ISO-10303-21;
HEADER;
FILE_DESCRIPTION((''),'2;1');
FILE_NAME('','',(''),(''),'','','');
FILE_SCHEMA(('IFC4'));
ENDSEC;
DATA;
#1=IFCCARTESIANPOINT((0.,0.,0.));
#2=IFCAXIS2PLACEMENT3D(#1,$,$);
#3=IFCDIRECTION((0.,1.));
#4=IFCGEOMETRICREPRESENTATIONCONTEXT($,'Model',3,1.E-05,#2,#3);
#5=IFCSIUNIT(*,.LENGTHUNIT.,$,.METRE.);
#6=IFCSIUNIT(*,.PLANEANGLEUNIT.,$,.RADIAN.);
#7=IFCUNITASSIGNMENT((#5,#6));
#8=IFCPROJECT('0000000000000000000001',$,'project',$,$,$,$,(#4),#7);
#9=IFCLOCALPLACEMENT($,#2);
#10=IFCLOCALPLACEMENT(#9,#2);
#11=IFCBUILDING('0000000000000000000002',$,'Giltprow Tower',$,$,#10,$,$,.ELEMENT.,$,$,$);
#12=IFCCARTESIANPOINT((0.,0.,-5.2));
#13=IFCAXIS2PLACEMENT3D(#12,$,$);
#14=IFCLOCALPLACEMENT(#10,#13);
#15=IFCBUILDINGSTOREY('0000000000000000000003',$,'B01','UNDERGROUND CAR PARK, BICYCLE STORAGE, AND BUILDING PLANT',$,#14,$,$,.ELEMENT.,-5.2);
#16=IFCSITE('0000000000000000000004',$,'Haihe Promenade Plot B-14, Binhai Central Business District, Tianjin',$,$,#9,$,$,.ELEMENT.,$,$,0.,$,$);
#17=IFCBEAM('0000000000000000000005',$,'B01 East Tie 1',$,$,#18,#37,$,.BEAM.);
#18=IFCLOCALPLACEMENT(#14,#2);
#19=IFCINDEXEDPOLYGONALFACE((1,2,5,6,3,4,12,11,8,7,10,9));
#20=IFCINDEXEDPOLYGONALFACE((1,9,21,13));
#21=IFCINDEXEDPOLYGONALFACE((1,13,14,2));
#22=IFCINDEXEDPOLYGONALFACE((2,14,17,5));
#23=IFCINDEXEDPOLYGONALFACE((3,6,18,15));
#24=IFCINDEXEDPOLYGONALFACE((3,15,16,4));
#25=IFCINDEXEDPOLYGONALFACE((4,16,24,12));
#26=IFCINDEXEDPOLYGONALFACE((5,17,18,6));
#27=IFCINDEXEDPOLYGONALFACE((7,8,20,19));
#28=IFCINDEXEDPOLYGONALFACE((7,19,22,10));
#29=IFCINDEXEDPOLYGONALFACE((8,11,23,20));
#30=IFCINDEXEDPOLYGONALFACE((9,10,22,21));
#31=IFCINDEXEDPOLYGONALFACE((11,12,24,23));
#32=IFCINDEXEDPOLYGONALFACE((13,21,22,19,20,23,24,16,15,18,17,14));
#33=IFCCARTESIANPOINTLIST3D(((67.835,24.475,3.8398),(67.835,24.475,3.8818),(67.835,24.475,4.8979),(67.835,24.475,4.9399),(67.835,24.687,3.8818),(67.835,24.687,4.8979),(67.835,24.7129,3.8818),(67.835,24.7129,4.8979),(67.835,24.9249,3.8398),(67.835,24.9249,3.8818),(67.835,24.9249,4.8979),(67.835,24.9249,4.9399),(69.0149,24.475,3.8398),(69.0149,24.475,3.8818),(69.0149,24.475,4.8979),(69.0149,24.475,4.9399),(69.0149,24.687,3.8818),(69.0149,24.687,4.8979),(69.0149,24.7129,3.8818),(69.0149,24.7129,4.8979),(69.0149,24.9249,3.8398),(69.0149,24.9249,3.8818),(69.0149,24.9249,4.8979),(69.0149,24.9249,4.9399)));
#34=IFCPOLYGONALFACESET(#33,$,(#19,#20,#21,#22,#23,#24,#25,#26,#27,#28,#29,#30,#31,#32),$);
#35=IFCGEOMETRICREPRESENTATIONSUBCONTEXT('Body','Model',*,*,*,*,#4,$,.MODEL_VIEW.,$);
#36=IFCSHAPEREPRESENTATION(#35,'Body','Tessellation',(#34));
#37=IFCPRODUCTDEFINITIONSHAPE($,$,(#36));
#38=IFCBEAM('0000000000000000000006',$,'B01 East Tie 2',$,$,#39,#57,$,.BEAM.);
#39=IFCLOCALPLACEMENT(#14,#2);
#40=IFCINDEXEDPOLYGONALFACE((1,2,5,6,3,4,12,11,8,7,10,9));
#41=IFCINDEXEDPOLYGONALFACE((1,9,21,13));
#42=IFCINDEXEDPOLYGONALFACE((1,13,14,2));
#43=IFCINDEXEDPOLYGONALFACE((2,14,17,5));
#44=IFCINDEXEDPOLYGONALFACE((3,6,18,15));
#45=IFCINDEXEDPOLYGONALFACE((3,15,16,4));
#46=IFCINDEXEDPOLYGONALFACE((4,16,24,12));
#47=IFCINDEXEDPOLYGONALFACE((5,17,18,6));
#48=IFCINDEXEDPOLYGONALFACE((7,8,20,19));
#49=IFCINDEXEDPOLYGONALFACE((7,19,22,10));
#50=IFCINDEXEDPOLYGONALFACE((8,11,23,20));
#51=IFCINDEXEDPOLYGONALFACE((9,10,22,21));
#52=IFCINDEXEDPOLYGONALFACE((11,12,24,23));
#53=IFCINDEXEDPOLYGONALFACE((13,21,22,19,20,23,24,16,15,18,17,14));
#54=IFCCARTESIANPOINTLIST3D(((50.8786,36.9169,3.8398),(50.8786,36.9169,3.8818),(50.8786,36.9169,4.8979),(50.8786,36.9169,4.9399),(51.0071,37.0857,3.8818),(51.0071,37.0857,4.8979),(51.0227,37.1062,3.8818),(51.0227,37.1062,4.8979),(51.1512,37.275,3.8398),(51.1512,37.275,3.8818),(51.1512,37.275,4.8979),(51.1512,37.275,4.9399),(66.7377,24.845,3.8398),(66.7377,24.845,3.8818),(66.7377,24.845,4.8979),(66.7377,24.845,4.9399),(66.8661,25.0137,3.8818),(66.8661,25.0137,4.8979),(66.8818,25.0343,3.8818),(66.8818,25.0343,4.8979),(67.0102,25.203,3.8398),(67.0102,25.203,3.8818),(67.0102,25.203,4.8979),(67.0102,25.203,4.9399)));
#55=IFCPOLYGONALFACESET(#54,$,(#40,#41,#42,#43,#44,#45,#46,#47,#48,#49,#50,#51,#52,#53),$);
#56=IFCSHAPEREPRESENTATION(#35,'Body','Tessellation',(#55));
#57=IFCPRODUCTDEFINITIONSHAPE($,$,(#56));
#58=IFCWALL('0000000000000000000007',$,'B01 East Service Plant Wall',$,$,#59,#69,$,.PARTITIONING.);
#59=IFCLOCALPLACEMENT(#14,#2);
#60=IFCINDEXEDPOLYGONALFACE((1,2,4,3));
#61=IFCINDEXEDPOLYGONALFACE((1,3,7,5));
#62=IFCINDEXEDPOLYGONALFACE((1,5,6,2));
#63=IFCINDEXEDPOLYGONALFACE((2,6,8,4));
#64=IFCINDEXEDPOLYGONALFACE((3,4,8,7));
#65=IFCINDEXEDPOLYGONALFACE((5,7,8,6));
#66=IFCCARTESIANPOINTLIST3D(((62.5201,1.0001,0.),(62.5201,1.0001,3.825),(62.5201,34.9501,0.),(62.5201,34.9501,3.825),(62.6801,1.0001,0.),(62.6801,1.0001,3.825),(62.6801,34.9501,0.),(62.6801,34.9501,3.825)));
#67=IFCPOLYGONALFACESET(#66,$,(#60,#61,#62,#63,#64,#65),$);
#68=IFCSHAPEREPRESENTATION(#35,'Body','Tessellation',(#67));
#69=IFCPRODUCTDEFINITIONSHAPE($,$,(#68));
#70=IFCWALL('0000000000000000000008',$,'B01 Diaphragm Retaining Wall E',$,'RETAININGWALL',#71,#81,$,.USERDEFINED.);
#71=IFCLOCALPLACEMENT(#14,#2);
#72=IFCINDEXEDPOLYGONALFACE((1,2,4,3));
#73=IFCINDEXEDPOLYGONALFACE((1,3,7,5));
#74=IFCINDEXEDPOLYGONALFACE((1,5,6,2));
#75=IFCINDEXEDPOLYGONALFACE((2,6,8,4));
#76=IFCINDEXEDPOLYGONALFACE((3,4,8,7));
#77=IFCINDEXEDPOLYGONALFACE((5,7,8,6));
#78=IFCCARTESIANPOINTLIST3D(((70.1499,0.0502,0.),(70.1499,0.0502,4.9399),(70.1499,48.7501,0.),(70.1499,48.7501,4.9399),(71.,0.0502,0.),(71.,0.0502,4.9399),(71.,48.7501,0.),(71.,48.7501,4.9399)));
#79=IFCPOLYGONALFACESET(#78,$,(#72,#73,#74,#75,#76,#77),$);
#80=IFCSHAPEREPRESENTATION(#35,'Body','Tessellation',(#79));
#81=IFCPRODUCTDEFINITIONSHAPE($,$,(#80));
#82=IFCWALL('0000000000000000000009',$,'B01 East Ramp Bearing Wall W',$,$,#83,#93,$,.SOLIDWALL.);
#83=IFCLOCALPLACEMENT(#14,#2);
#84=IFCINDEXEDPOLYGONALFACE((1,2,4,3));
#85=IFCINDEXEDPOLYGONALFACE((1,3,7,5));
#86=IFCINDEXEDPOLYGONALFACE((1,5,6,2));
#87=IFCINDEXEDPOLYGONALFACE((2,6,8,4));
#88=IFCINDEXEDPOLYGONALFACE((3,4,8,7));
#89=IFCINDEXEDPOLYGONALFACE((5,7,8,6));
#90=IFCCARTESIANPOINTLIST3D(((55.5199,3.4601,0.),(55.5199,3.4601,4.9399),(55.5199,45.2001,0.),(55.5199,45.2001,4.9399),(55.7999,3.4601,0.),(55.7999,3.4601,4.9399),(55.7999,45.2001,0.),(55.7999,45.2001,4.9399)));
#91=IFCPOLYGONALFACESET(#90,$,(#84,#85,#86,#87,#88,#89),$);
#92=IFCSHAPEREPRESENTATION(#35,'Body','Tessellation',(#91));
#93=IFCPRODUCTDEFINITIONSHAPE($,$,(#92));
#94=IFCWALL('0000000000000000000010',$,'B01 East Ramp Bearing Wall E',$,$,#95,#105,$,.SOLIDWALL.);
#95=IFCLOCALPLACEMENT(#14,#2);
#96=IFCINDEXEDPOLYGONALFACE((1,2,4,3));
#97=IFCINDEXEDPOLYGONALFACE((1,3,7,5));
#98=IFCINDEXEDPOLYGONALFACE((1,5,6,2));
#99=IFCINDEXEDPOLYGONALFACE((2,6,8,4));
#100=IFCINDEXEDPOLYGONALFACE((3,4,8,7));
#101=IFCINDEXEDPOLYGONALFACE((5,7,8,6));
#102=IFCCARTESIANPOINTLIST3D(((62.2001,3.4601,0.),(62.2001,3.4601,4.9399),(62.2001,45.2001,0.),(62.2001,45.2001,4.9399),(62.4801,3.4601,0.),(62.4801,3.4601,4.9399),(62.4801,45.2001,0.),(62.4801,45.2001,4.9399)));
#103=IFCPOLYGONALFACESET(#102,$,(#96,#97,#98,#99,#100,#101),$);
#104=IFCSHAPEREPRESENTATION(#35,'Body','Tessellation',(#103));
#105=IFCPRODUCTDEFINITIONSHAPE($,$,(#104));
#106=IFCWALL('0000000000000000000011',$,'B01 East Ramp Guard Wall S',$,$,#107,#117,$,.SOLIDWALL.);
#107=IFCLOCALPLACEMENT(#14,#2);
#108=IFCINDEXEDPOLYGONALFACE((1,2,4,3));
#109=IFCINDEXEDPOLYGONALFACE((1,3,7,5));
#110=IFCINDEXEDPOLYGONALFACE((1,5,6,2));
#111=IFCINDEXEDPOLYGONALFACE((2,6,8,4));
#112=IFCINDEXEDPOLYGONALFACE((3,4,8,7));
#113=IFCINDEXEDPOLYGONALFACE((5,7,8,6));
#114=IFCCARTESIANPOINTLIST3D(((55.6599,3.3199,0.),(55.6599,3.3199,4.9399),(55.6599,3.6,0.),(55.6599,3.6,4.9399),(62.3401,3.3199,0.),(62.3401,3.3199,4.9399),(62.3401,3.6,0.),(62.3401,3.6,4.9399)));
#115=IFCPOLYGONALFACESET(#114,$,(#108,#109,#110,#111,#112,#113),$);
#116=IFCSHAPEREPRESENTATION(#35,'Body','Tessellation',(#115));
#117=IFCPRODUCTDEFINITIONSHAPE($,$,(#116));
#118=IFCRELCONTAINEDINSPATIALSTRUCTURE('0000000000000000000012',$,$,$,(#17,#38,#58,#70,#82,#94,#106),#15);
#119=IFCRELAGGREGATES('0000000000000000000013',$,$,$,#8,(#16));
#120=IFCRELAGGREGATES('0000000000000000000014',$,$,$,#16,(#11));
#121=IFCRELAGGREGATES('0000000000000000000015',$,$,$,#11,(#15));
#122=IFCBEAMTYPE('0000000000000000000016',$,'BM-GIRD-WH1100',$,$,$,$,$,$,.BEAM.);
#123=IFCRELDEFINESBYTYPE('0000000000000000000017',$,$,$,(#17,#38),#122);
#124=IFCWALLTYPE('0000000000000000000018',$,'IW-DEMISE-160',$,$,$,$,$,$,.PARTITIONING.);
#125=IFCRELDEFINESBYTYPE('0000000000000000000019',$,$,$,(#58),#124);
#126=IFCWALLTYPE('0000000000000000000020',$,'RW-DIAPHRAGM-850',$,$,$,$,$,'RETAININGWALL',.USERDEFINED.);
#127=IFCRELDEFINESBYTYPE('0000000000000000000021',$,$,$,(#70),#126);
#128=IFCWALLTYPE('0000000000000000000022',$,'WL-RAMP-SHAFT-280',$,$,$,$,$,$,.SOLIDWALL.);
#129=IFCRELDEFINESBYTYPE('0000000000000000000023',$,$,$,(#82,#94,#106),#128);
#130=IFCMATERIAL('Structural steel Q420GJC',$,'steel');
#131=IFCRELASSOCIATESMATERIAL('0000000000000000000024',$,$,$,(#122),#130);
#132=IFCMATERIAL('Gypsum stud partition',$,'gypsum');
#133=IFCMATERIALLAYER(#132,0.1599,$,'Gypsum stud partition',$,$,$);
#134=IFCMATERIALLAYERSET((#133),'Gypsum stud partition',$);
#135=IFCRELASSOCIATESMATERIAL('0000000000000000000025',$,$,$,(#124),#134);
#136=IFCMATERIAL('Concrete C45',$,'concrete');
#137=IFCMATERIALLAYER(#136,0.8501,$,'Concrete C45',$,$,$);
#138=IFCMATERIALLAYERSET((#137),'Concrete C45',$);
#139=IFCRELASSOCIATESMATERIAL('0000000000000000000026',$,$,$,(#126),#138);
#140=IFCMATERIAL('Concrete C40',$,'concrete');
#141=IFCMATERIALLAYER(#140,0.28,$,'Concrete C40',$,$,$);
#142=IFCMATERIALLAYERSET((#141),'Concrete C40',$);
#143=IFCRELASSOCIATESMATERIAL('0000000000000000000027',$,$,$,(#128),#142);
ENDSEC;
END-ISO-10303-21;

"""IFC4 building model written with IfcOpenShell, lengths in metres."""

from ifc_helpers import new_model, si_unit, direction, frame, frame_2d, origin, origin_2d, place, context, subcontext, project, spatial, rectangle, i_section, extrude, source, transform, mapped, material, layer, layer_set, material_profile, profile_set, type_object, element, save


model = new_model("IFC4")

# Units and contexts
model_context = context("Model", 3, precision=1e-05, world=origin(), true_north=direction((0.0, 1.0)))
body_context = subcontext(model_context, "Body", "Model", "MODEL_VIEW")
ifc_project = project(units=[si_unit("LENGTHUNIT", "METRE"), si_unit("PLANEANGLEUNIT", "RADIAN")], contexts=[model_context])

# Site, building, storey
site_placement = place(None, origin())
site = spatial("IfcSite", under=ifc_project, at=site_placement, Name="Haihe Promenade Plot B-14, Binhai Central Business District, Tianjin", CompositionType="ELEMENT", RefElevation=0.0)
building_placement = place(site_placement, origin())
building = spatial("IfcBuilding", under=site, at=building_placement, Name="Giltprow Tower", CompositionType="ELEMENT")
storey_placement = place(building_placement, frame((0.0, 0.0, -5.2)))
storey = spatial("IfcBuildingStorey", under=building, at=storey_placement, Name="B01", Description="UNDERGROUND CAR PARK, BICYCLE STORAGE, AND BUILDING PLANT", CompositionType="ELEMENT", Elevation=-5.2)

# Shared definitions
ifc_material_1 = material(Name="Concrete C45", Category="concrete")
ifc_material_2 = material(Name="Structural steel Q420GJC", Category="steel")

# Beams
ifc_material_profile_1 = material_profile(ifc_material_2, i_section(OverallWidth=0.45, OverallDepth=1.1001, WebThickness=0.0259, FlangeThickness=0.042, at=origin_2d()), Name="WH 1100x450x26x42")
ifc_profile_set_1 = profile_set([ifc_material_profile_1], Name="Structural steel Q420GJC")
beam_type_1 = type_object("IfcBeamType", Name="BM-GIRD-WH1100", PredefinedType="BEAM", material=ifc_profile_set_1)
shared_shape_1 = source(origin(), body_context, "Body", "SweptSolid", [
    extrude(i_section(OverallWidth=0.45, OverallDepth=1.1001, WebThickness=0.0259, FlangeThickness=0.042, at=origin_2d()), origin(), (0.0, 0.0, 1.0), 1.1799),
])
beam_1_placement = place(storey_placement, frame((67.835, 24.7, 4.3899), z_axis=(1.0, 0.0, 0.0), x_axis=(0.0, 1.0, 0.0)))
element("IfcBeam", 1, at=beam_1_placement, inside=storey, type_object=beam_type_1, Name="B01 East Tie 1", PredefinedType="BEAM", context=body_context, shape_type="MappedRepresentation", body=[
    mapped(shared_shape_1, transform((0.0, 0.0, 0.0), x_axis=(1.0, 0.0, 0.0), y_axis=(0.0, 1.0, 0.0), z_axis=(0.0, 0.0, 1.0), scale=1.0)),
])
shared_shape_2 = source(origin(), body_context, "Body", "SweptSolid", [
    extrude(i_section(OverallWidth=0.45, OverallDepth=1.1001, WebThickness=0.0259, FlangeThickness=0.042, at=origin_2d()), origin(), (0.0, 0.0, 1.0), 19.9309),
])
beam_2_placement = place(storey_placement, frame((51.0149, 37.0959, 4.3899), z_axis=(0.795701, -0.60569, 0.0), x_axis=(0.60569, 0.795701, 0.0)))
element("IfcBeam", 2, at=beam_2_placement, inside=storey, type_object=beam_type_1, Name="B01 East Tie 2", PredefinedType="BEAM", context=body_context, shape_type="MappedRepresentation", body=[
    mapped(shared_shape_2, transform((0.0, 0.0, 0.0), x_axis=(1.0, 0.0, 0.0), y_axis=(0.0, 1.0, 0.0), z_axis=(0.0, 0.0, 1.0), scale=1.0)),
])

# Walls
ifc_material_3 = material(Name="Gypsum stud partition", Category="gypsum")
ifc_layer_1 = layer(ifc_material_3, 0.1599, Name="Gypsum stud partition")
ifc_layer_set_1 = layer_set([ifc_layer_1], Name="Gypsum stud partition")
wall_type_1 = type_object("IfcWallType", Name="IW-DEMISE-160", PredefinedType="PARTITIONING", material=ifc_layer_set_1)
wall_1_placement = place(storey_placement, frame((62.6001, 1.0, 0.0), z_axis=(0.0, 0.0, 1.0), x_axis=(0.0, 1.0, 0.0)))
element("IfcWall", 3, at=wall_1_placement, inside=storey, type_object=wall_type_1, Name="B01 East Service Plant Wall", PredefinedType="PARTITIONING", context=body_context, shape_type="SweptSolid", body=[
    extrude(rectangle(XDim=33.95, YDim=0.1599, at=frame_2d((16.9751, 0.0))), origin(), (0.0, 0.0, 1.0), 3.825),
])
ifc_layer_2 = layer(ifc_material_1, 0.8501, Name="Concrete C45")
ifc_layer_set_2 = layer_set([ifc_layer_2], Name="Concrete C45")
wall_type_2 = type_object("IfcWallType", Name="RW-DIAPHRAGM-850", ElementType="RETAININGWALL", PredefinedType="USERDEFINED", material=ifc_layer_set_2)
wall_2_placement = place(storey_placement, frame((70.575, 0.05, 0.0), z_axis=(0.0, 0.0, 1.0), x_axis=(0.0, 1.0, 0.0)))
element("IfcWall", 4, at=wall_2_placement, inside=storey, type_object=wall_type_2, Name="B01 Diaphragm Retaining Wall E", ObjectType="RETAININGWALL", PredefinedType="USERDEFINED", context=body_context, shape_type="SweptSolid", body=[
    extrude(rectangle(XDim=48.7, YDim=0.8501, at=frame_2d((24.3501, 0.0))), origin(), (0.0, 0.0, 1.0), 4.9399),
])
ifc_material_4 = material(Name="Concrete C40", Category="concrete")
ifc_layer_3 = layer(ifc_material_4, 0.28, Name="Concrete C40")
ifc_layer_set_3 = layer_set([ifc_layer_3], Name="Concrete C40")
wall_type_3 = type_object("IfcWallType", Name="WL-RAMP-SHAFT-280", PredefinedType="SOLIDWALL", material=ifc_layer_set_3)
for number, where, z_axis, x_axis, name in (
    (5, (55.6599, 3.46, 0.0), (0.0, 0.0, 1.0), (0.0, 1.0, 0.0), "B01 East Ramp Bearing Wall W"),
    (6, (62.3401, 3.46, 0.0), (0.0, 0.0, 1.0), (0.0, 1.0, 0.0), "B01 East Ramp Bearing Wall E"),
):
    element("IfcWall", number, at=place(storey_placement, frame(where, z_axis=z_axis, x_axis=x_axis)), inside=storey, type_object=wall_type_3, Name=name, PredefinedType="SOLIDWALL", context=body_context, shape_type="SweptSolid", body=[
        extrude(rectangle(XDim=41.74, YDim=0.28, at=frame_2d((20.8701, 0.0))), origin(), (0.0, 0.0, 1.0), 4.9399),
    ])
wall_3_placement = place(storey_placement, frame((55.6599, 3.46, 0.0), z_axis=(0.0, 0.0, 1.0), x_axis=(1.0, 0.0, 0.0)))
element("IfcWall", 7, at=wall_3_placement, inside=storey, type_object=wall_type_3, Name="B01 East Ramp Guard Wall S", PredefinedType="SOLIDWALL", context=body_context, shape_type="SweptSolid", body=[
    extrude(rectangle(XDim=6.6802, YDim=0.28, at=frame_2d((3.3401, 0.0))), origin(), (0.0, 0.0, 1.0), 4.9399),
])

save(model, "model.ifc")
